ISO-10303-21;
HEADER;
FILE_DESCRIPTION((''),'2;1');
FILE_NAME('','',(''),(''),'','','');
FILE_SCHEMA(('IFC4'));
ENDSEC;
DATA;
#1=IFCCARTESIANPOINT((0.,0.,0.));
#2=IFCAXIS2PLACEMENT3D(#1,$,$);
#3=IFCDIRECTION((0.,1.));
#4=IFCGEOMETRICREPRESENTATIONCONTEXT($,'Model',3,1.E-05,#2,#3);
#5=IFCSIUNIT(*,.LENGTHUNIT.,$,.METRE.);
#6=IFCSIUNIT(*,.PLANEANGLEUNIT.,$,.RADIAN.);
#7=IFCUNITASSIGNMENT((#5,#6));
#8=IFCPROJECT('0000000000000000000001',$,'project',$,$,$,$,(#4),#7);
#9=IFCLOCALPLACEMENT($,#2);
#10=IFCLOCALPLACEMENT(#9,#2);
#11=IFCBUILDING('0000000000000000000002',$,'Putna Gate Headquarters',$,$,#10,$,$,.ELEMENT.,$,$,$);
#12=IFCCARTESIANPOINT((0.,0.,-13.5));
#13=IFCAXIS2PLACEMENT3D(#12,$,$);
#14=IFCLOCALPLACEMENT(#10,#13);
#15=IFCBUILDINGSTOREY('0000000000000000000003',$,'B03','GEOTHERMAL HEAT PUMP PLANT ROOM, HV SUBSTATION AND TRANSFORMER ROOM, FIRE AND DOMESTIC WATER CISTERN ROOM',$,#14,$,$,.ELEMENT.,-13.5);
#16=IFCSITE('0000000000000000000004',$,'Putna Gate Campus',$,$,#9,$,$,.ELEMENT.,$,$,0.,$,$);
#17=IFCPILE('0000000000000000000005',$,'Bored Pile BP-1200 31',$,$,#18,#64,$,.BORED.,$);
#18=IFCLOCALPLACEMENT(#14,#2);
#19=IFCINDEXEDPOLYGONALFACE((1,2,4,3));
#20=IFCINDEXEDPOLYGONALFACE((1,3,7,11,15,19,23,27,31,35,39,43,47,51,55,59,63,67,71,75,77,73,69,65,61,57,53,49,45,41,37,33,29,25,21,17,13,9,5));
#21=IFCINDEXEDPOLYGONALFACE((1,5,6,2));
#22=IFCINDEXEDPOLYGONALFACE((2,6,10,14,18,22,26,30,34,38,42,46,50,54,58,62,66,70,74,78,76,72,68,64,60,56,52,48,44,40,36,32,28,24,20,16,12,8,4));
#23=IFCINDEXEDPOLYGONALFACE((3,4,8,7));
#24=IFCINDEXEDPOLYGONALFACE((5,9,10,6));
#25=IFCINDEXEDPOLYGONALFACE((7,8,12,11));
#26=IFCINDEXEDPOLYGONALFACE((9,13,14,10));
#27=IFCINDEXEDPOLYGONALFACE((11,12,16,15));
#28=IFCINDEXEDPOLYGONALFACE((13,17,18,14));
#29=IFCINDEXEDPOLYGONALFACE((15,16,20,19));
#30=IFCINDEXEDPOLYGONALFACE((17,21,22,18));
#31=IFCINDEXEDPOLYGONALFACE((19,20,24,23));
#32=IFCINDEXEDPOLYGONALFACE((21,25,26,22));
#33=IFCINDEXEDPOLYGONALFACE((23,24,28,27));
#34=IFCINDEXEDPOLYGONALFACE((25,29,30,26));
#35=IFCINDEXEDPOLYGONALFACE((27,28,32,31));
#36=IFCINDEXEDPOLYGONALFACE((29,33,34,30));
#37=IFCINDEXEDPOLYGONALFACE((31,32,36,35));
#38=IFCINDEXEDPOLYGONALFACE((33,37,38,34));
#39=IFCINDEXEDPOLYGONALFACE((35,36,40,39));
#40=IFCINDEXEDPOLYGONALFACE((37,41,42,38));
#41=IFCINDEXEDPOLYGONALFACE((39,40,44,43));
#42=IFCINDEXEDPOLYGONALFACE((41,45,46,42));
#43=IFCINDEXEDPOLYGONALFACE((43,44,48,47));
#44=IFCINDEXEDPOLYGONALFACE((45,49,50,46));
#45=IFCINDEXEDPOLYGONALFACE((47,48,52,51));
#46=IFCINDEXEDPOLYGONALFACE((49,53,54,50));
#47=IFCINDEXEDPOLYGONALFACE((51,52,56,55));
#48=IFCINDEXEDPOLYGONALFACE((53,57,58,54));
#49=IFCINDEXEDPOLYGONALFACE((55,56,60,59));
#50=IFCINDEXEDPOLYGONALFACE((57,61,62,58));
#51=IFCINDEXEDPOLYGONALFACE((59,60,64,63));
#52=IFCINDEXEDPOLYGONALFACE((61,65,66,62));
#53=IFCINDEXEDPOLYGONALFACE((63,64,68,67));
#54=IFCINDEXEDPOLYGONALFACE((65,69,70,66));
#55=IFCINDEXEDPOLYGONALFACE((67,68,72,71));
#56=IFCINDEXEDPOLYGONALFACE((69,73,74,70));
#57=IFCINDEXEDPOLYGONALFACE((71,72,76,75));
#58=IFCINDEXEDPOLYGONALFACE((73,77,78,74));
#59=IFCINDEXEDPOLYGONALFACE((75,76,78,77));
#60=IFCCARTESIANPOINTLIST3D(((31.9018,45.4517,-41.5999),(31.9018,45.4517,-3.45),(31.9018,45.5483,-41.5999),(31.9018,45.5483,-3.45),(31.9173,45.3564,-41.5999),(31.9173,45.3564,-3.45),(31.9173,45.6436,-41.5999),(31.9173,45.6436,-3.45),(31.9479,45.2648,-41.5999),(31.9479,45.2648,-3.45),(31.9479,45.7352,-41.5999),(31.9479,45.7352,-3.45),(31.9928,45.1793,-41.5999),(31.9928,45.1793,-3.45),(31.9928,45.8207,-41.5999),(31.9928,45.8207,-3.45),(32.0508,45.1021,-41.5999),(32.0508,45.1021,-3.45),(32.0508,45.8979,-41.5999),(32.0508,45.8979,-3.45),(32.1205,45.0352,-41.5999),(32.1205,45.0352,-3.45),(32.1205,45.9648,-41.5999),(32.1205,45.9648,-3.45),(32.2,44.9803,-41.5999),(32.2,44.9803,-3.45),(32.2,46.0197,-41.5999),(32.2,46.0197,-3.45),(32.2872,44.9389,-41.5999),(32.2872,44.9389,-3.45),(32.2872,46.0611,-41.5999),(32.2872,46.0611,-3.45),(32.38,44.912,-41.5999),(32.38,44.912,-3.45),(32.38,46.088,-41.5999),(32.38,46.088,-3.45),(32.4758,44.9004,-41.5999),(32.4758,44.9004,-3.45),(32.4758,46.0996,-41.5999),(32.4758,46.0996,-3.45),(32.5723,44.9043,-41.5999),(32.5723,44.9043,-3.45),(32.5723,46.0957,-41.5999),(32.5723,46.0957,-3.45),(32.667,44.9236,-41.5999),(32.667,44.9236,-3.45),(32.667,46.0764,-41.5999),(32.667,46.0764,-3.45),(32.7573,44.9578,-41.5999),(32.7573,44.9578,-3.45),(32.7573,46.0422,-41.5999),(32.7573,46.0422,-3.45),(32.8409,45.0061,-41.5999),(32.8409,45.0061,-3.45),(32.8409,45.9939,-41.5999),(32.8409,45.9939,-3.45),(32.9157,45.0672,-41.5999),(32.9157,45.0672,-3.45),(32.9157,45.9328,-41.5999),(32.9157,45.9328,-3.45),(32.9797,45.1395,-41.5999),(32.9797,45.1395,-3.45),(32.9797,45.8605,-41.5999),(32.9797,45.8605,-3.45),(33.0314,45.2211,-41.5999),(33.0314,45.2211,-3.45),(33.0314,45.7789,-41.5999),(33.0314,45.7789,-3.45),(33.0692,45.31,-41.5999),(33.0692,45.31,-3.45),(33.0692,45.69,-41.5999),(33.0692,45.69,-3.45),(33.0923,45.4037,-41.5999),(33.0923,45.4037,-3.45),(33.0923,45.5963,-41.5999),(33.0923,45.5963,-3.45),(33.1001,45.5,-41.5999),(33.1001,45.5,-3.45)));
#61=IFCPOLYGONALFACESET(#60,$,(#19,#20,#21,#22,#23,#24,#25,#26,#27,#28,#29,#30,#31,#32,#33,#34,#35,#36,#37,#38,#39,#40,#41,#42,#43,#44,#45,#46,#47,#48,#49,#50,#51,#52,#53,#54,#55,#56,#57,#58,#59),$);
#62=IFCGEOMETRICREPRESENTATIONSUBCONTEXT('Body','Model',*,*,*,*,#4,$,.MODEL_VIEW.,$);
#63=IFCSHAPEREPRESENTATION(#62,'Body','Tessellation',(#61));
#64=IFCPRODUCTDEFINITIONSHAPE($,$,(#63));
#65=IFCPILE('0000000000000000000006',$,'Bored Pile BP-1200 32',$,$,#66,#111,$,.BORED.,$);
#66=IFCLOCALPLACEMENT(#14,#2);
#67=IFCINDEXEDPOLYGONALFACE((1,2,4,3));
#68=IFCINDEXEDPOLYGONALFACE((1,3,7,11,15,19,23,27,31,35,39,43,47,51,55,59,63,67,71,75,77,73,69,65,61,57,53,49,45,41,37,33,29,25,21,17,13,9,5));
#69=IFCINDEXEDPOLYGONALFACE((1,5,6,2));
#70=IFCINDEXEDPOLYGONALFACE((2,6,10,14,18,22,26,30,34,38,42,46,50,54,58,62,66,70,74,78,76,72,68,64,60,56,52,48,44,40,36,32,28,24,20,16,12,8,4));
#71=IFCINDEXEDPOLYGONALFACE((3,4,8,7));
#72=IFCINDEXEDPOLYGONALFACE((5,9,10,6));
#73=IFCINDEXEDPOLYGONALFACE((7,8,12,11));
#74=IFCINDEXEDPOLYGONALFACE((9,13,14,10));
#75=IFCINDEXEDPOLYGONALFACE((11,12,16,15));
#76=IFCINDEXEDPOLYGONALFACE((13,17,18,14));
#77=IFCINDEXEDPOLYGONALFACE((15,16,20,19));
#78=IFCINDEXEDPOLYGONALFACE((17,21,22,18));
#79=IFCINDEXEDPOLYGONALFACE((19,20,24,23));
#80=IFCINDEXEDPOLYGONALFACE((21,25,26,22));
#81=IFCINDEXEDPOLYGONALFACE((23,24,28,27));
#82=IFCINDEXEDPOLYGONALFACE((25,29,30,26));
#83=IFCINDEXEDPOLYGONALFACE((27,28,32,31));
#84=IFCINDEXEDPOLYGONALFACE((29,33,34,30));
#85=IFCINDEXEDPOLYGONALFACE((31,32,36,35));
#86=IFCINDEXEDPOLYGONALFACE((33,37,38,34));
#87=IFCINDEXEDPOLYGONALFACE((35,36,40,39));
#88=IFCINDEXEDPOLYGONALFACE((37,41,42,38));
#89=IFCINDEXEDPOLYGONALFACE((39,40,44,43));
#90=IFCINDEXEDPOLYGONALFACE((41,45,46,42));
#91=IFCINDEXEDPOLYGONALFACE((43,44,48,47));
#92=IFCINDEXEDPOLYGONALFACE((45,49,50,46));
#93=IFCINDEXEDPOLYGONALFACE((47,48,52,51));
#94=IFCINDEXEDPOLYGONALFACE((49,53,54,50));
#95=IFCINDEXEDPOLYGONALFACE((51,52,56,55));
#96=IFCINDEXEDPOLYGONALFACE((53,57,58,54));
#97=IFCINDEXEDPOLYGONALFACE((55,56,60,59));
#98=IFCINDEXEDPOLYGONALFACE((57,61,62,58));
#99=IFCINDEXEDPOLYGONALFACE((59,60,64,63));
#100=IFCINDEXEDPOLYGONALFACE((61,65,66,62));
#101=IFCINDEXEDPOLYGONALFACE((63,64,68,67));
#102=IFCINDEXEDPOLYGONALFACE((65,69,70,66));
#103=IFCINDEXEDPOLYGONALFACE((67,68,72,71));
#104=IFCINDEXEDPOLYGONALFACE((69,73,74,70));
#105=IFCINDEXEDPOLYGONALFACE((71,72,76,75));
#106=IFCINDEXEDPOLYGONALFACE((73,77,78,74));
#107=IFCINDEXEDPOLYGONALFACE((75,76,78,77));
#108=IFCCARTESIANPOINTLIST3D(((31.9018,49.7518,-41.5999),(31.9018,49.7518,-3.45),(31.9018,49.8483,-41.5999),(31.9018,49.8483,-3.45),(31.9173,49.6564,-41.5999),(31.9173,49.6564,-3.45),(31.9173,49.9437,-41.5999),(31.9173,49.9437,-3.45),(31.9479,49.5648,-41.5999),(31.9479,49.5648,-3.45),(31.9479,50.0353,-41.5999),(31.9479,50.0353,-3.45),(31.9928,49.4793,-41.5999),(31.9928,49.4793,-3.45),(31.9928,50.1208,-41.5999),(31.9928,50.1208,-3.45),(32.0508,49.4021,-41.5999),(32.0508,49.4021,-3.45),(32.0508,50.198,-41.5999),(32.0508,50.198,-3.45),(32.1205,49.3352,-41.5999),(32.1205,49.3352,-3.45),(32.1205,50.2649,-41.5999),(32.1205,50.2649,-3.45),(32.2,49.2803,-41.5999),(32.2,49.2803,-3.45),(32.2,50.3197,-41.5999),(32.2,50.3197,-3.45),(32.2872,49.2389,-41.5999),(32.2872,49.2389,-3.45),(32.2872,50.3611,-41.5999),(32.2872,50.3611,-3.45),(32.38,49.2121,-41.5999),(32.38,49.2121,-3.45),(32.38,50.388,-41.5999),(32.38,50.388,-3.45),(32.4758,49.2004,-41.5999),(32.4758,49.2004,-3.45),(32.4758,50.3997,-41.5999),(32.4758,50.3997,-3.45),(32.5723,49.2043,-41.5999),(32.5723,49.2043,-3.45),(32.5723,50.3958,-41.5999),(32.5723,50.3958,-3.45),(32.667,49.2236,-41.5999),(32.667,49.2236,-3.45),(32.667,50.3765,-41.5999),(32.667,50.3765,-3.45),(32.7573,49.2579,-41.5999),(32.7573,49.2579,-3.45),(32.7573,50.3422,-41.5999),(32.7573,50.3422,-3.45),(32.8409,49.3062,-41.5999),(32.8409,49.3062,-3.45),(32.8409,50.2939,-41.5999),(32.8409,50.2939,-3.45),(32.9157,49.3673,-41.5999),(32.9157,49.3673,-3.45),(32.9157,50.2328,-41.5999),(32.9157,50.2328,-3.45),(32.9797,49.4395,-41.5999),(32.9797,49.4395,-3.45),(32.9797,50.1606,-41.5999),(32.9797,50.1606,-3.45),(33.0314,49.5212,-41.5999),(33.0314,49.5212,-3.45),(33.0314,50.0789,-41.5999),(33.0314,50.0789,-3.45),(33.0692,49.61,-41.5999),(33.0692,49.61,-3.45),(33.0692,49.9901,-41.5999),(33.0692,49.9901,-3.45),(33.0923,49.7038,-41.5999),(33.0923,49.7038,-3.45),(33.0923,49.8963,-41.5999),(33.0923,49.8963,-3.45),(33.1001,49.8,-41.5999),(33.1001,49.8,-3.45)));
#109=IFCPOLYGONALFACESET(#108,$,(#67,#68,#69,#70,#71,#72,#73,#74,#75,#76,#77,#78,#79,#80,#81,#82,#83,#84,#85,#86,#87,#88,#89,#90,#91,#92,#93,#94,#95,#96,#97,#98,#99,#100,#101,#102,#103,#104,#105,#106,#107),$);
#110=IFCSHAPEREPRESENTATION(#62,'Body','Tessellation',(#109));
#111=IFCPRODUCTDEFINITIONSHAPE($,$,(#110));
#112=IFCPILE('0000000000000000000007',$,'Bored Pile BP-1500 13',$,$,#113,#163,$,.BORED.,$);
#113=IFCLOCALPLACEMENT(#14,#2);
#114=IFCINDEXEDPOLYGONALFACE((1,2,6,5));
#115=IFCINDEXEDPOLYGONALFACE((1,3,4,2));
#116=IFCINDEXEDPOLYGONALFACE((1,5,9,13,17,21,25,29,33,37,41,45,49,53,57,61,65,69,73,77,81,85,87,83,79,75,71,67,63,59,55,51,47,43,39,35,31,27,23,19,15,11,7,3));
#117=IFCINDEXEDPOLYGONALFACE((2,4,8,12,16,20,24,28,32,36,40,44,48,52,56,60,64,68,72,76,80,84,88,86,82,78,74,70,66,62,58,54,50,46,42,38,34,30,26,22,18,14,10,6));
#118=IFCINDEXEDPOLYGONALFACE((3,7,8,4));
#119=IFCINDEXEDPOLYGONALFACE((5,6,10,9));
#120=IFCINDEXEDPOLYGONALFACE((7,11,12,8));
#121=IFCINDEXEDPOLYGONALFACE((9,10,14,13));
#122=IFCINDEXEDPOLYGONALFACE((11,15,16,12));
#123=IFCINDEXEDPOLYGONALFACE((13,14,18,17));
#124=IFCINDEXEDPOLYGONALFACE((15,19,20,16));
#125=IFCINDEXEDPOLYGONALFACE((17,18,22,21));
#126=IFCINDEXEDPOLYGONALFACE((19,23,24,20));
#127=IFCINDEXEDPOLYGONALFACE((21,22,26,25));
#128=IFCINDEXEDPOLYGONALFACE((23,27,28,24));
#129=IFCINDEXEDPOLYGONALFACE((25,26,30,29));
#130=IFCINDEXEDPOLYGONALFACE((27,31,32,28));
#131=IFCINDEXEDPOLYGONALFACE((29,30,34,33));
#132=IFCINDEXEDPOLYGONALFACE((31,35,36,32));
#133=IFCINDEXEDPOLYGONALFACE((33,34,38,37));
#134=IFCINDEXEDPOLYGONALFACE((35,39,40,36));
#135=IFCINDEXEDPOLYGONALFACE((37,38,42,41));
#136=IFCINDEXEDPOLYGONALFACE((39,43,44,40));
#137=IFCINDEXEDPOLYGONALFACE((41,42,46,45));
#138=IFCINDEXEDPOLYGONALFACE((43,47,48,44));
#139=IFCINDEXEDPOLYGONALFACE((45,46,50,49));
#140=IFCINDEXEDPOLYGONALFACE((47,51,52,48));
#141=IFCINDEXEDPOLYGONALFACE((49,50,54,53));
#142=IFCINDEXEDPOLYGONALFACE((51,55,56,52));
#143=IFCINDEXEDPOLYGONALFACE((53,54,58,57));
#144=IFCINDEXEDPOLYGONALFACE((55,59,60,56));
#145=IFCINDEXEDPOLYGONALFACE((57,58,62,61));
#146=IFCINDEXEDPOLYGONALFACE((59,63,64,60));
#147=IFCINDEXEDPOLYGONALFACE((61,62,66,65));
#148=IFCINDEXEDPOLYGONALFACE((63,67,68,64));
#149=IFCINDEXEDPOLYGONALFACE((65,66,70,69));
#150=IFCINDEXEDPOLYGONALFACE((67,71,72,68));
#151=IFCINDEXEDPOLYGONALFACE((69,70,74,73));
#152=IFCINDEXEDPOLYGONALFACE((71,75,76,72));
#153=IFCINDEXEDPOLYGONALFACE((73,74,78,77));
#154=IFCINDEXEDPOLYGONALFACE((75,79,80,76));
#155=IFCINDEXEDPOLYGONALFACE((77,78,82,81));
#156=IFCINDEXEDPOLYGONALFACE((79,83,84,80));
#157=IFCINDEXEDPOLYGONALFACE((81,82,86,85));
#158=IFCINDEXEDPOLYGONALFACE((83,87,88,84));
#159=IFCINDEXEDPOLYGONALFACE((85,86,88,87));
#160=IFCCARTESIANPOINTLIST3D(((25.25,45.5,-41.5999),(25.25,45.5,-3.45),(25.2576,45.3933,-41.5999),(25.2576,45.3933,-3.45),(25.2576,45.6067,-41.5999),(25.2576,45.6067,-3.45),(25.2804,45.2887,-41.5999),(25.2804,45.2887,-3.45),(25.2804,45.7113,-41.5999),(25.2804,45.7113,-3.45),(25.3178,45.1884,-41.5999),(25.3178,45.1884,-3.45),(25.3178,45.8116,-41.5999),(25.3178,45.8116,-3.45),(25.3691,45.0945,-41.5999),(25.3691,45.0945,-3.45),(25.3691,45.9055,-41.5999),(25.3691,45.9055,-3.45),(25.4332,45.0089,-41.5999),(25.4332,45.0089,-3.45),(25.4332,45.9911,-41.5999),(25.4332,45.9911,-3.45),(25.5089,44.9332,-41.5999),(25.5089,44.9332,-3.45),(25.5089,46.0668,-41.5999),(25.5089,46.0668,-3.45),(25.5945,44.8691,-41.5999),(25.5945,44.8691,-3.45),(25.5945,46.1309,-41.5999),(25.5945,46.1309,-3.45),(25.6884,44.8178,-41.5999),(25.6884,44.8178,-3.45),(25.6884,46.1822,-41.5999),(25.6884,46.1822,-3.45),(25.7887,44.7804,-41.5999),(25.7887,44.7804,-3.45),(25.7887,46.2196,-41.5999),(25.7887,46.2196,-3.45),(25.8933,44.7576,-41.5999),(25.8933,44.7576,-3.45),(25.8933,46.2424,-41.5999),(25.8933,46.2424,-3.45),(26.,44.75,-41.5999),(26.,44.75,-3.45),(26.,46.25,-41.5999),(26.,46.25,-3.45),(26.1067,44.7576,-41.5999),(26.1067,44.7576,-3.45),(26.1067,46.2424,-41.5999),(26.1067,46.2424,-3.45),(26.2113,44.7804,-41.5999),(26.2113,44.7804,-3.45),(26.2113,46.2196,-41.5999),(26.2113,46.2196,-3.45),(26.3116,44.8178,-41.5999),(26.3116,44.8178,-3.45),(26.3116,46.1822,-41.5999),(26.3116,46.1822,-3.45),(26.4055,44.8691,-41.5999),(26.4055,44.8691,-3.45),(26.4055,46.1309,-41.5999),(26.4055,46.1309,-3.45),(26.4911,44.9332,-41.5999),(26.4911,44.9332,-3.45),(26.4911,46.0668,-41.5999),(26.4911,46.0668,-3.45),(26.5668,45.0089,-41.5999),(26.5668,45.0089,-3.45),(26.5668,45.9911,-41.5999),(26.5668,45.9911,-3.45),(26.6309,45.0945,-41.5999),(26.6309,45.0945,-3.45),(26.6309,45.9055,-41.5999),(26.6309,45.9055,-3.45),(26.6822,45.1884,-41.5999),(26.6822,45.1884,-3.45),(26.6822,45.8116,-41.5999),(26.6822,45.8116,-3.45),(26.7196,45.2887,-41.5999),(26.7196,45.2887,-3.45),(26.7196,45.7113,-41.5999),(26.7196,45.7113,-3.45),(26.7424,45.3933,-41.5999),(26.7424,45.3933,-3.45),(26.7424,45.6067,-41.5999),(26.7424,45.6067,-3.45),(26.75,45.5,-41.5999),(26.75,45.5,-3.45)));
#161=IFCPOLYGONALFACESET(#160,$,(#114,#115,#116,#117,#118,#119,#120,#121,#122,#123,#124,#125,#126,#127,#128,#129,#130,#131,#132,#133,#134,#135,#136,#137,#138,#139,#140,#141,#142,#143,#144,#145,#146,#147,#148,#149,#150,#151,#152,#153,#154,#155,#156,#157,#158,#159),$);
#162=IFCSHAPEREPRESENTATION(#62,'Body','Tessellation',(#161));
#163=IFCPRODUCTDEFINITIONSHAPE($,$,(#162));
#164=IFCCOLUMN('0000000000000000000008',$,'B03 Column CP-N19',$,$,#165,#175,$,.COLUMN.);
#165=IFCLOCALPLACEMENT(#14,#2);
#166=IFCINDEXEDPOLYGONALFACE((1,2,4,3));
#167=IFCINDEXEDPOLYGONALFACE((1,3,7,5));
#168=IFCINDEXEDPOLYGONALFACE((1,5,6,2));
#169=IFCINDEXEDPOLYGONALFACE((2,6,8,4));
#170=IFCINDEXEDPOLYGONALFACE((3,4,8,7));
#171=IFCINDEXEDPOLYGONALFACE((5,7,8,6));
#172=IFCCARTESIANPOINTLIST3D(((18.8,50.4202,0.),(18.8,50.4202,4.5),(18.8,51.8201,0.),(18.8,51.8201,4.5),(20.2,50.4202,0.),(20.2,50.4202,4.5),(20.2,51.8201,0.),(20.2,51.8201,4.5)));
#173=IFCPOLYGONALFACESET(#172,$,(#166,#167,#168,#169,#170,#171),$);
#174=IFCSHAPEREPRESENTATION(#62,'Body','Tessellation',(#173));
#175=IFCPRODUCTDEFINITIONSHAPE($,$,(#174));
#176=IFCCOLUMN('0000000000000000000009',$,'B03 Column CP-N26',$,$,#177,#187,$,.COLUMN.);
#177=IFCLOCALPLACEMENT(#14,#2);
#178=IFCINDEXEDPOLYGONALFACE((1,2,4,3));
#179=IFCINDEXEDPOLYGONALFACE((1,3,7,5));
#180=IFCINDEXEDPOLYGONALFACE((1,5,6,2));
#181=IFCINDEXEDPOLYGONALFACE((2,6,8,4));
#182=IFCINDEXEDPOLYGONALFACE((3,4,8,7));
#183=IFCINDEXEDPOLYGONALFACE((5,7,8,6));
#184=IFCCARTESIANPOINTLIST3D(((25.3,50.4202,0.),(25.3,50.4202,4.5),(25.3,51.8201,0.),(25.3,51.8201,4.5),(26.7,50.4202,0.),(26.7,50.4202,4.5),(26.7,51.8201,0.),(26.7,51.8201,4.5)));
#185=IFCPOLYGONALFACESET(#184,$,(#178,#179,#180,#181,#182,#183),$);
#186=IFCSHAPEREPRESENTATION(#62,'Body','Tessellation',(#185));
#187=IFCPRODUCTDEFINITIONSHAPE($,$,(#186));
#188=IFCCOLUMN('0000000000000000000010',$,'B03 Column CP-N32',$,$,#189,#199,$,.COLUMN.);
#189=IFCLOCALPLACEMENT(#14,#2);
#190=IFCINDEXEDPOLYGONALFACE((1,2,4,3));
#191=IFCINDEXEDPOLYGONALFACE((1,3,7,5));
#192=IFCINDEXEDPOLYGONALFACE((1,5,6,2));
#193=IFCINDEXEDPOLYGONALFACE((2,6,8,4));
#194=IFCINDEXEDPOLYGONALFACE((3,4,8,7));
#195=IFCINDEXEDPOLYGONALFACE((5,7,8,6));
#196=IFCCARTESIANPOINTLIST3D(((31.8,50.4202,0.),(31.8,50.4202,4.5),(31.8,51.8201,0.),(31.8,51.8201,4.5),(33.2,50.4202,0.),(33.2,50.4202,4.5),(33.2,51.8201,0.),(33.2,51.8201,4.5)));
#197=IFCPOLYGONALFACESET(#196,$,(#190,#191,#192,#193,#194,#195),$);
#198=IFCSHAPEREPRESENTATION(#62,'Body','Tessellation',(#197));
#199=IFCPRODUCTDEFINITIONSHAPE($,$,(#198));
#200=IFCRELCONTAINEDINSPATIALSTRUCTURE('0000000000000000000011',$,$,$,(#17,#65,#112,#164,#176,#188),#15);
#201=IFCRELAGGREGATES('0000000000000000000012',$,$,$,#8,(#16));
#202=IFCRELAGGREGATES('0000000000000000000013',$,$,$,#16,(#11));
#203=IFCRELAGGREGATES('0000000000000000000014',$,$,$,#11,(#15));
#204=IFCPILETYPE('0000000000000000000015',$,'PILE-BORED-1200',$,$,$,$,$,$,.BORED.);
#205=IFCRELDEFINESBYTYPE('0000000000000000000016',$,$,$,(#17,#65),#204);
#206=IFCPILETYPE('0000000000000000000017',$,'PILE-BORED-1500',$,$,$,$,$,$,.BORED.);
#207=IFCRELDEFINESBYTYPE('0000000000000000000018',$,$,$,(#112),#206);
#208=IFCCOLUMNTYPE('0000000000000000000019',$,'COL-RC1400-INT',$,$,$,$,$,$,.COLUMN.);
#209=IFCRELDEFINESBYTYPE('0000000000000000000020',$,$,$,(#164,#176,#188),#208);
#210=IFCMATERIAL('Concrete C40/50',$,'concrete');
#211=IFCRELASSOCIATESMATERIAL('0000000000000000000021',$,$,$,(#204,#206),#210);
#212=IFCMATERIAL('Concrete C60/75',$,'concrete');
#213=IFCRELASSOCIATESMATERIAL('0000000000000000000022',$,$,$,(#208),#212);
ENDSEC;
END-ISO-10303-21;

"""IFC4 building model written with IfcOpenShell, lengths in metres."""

from ifc_helpers import new_model, si_unit, direction, frame, origin, origin_2d, place, context, subcontext, project, spatial, rectangle, circle, extrude, material, material_profile, profile_set, type_object, element, save


model = new_model("IFC4")

# Units and contexts
model_context = context("Model", 3, precision=1e-05, world=origin(), true_north=direction((0.0, 1.0)))
body_context = subcontext(model_context, "Body", "Model", "MODEL_VIEW")
ifc_project = project(units=[si_unit("LENGTHUNIT", "METRE"), si_unit("PLANEANGLEUNIT", "RADIAN")], contexts=[model_context])

# Site, building, storey
site_placement = place(None, origin())
site = spatial("IfcSite", under=ifc_project, at=site_placement, Name="Putna Gate Campus", CompositionType="ELEMENT", RefElevation=0.0)
building_placement = place(site_placement, origin())
building = spatial("IfcBuilding", under=site, at=building_placement, Name="Putna Gate Headquarters", CompositionType="ELEMENT")
storey_placement = place(building_placement, frame((0.0, 0.0, -13.5)))
storey = spatial("IfcBuildingStorey", under=building, at=storey_placement, Name="B03", Description="GEOTHERMAL HEAT PUMP PLANT ROOM, HV SUBSTATION AND TRANSFORMER ROOM, FIRE AND DOMESTIC WATER CISTERN ROOM", CompositionType="ELEMENT", Elevation=-13.5)

# Shared definitions
ifc_material_1 = material(Name="Concrete C40/50", Category="concrete")

# Piles
ifc_material_profile_1 = material_profile(ifc_material_1, circle(Radius=0.6001, at=origin_2d()), Name="Concrete C40/50")
ifc_profile_set_1 = profile_set([ifc_material_profile_1], Name="Concrete C40/50")
pile_type_1 = type_object("IfcPileType", Name="PILE-BORED-1200", PredefinedType="BORED", material=ifc_profile_set_1)
for number, where, z_axis, x_axis, name in (
    (1, (32.5, 45.5, -3.45), (0.0, 0.0, -1.0), (1.0, 0.0, 0.0), "Bored Pile BP-1200 31"),
    (2, (32.5, 49.8, -3.45), (0.0, 0.0, -1.0), (1.0, 0.0, 0.0), "Bored Pile BP-1200 32"),
):
    element("IfcPile", number, at=place(storey_placement, frame(where, z_axis=z_axis, x_axis=x_axis)), inside=storey, type_object=pile_type_1, Name=name, PredefinedType="BORED", context=body_context, shape_type="SweptSolid", body=[
        extrude(circle(Radius=0.6001, at=origin_2d()), origin(), (0.0, 0.0, 1.0), 38.1499),
    ])
ifc_material_profile_2 = material_profile(ifc_material_1, circle(Radius=0.75, at=origin_2d()), Name="Concrete C40/50")
ifc_profile_set_2 = profile_set([ifc_material_profile_2], Name="Concrete C40/50")
pile_type_2 = type_object("IfcPileType", Name="PILE-BORED-1500", PredefinedType="BORED", material=ifc_profile_set_2)
pile_placement = place(storey_placement, frame((26.0, 45.5, -3.45), z_axis=(0.0, 0.0, -1.0), x_axis=(1.0, 0.0, 0.0)))
element("IfcPile", 3, at=pile_placement, inside=storey, type_object=pile_type_2, Name="Bored Pile BP-1500 13", PredefinedType="BORED", context=body_context, shape_type="SweptSolid", body=[
    extrude(circle(Radius=0.75, at=origin_2d()), origin(), (0.0, 0.0, 1.0), 38.1499),
])

# Columns
ifc_material_2 = material(Name="Concrete C60/75", Category="concrete")
ifc_material_profile_3 = material_profile(ifc_material_2, rectangle(XDim=1.3999, YDim=1.3999, at=origin_2d()), Name="Concrete C60/75")
ifc_profile_set_3 = profile_set([ifc_material_profile_3], Name="Concrete C60/75")
column_type = type_object("IfcColumnType", Name="COL-RC1400-INT", PredefinedType="COLUMN", material=ifc_profile_set_3)
for number, where, z_axis, x_axis, name in (
    (4, (19.5, 51.1201, 0.0), (0.0, 0.0, 1.0), (1.0, 0.0, 0.0), "B03 Column CP-N19"),
    (5, (26.0, 51.1201, 0.0), (0.0, 0.0, 1.0), (1.0, 0.0, 0.0), "B03 Column CP-N26"),
    (6, (32.5, 51.1201, 0.0), (0.0, 0.0, 1.0), (1.0, 0.0, 0.0), "B03 Column CP-N32"),
):
    element("IfcColumn", number, at=place(storey_placement, frame(where, z_axis=z_axis, x_axis=x_axis)), inside=storey, type_object=column_type, Name=name, PredefinedType="COLUMN", context=body_context, shape_type="SweptSolid", body=[
        extrude(rectangle(XDim=1.3999, YDim=1.3999, at=origin_2d()), origin(), (0.0, 0.0, 1.0), 4.5),
    ])

save(model, "model.ifc")
